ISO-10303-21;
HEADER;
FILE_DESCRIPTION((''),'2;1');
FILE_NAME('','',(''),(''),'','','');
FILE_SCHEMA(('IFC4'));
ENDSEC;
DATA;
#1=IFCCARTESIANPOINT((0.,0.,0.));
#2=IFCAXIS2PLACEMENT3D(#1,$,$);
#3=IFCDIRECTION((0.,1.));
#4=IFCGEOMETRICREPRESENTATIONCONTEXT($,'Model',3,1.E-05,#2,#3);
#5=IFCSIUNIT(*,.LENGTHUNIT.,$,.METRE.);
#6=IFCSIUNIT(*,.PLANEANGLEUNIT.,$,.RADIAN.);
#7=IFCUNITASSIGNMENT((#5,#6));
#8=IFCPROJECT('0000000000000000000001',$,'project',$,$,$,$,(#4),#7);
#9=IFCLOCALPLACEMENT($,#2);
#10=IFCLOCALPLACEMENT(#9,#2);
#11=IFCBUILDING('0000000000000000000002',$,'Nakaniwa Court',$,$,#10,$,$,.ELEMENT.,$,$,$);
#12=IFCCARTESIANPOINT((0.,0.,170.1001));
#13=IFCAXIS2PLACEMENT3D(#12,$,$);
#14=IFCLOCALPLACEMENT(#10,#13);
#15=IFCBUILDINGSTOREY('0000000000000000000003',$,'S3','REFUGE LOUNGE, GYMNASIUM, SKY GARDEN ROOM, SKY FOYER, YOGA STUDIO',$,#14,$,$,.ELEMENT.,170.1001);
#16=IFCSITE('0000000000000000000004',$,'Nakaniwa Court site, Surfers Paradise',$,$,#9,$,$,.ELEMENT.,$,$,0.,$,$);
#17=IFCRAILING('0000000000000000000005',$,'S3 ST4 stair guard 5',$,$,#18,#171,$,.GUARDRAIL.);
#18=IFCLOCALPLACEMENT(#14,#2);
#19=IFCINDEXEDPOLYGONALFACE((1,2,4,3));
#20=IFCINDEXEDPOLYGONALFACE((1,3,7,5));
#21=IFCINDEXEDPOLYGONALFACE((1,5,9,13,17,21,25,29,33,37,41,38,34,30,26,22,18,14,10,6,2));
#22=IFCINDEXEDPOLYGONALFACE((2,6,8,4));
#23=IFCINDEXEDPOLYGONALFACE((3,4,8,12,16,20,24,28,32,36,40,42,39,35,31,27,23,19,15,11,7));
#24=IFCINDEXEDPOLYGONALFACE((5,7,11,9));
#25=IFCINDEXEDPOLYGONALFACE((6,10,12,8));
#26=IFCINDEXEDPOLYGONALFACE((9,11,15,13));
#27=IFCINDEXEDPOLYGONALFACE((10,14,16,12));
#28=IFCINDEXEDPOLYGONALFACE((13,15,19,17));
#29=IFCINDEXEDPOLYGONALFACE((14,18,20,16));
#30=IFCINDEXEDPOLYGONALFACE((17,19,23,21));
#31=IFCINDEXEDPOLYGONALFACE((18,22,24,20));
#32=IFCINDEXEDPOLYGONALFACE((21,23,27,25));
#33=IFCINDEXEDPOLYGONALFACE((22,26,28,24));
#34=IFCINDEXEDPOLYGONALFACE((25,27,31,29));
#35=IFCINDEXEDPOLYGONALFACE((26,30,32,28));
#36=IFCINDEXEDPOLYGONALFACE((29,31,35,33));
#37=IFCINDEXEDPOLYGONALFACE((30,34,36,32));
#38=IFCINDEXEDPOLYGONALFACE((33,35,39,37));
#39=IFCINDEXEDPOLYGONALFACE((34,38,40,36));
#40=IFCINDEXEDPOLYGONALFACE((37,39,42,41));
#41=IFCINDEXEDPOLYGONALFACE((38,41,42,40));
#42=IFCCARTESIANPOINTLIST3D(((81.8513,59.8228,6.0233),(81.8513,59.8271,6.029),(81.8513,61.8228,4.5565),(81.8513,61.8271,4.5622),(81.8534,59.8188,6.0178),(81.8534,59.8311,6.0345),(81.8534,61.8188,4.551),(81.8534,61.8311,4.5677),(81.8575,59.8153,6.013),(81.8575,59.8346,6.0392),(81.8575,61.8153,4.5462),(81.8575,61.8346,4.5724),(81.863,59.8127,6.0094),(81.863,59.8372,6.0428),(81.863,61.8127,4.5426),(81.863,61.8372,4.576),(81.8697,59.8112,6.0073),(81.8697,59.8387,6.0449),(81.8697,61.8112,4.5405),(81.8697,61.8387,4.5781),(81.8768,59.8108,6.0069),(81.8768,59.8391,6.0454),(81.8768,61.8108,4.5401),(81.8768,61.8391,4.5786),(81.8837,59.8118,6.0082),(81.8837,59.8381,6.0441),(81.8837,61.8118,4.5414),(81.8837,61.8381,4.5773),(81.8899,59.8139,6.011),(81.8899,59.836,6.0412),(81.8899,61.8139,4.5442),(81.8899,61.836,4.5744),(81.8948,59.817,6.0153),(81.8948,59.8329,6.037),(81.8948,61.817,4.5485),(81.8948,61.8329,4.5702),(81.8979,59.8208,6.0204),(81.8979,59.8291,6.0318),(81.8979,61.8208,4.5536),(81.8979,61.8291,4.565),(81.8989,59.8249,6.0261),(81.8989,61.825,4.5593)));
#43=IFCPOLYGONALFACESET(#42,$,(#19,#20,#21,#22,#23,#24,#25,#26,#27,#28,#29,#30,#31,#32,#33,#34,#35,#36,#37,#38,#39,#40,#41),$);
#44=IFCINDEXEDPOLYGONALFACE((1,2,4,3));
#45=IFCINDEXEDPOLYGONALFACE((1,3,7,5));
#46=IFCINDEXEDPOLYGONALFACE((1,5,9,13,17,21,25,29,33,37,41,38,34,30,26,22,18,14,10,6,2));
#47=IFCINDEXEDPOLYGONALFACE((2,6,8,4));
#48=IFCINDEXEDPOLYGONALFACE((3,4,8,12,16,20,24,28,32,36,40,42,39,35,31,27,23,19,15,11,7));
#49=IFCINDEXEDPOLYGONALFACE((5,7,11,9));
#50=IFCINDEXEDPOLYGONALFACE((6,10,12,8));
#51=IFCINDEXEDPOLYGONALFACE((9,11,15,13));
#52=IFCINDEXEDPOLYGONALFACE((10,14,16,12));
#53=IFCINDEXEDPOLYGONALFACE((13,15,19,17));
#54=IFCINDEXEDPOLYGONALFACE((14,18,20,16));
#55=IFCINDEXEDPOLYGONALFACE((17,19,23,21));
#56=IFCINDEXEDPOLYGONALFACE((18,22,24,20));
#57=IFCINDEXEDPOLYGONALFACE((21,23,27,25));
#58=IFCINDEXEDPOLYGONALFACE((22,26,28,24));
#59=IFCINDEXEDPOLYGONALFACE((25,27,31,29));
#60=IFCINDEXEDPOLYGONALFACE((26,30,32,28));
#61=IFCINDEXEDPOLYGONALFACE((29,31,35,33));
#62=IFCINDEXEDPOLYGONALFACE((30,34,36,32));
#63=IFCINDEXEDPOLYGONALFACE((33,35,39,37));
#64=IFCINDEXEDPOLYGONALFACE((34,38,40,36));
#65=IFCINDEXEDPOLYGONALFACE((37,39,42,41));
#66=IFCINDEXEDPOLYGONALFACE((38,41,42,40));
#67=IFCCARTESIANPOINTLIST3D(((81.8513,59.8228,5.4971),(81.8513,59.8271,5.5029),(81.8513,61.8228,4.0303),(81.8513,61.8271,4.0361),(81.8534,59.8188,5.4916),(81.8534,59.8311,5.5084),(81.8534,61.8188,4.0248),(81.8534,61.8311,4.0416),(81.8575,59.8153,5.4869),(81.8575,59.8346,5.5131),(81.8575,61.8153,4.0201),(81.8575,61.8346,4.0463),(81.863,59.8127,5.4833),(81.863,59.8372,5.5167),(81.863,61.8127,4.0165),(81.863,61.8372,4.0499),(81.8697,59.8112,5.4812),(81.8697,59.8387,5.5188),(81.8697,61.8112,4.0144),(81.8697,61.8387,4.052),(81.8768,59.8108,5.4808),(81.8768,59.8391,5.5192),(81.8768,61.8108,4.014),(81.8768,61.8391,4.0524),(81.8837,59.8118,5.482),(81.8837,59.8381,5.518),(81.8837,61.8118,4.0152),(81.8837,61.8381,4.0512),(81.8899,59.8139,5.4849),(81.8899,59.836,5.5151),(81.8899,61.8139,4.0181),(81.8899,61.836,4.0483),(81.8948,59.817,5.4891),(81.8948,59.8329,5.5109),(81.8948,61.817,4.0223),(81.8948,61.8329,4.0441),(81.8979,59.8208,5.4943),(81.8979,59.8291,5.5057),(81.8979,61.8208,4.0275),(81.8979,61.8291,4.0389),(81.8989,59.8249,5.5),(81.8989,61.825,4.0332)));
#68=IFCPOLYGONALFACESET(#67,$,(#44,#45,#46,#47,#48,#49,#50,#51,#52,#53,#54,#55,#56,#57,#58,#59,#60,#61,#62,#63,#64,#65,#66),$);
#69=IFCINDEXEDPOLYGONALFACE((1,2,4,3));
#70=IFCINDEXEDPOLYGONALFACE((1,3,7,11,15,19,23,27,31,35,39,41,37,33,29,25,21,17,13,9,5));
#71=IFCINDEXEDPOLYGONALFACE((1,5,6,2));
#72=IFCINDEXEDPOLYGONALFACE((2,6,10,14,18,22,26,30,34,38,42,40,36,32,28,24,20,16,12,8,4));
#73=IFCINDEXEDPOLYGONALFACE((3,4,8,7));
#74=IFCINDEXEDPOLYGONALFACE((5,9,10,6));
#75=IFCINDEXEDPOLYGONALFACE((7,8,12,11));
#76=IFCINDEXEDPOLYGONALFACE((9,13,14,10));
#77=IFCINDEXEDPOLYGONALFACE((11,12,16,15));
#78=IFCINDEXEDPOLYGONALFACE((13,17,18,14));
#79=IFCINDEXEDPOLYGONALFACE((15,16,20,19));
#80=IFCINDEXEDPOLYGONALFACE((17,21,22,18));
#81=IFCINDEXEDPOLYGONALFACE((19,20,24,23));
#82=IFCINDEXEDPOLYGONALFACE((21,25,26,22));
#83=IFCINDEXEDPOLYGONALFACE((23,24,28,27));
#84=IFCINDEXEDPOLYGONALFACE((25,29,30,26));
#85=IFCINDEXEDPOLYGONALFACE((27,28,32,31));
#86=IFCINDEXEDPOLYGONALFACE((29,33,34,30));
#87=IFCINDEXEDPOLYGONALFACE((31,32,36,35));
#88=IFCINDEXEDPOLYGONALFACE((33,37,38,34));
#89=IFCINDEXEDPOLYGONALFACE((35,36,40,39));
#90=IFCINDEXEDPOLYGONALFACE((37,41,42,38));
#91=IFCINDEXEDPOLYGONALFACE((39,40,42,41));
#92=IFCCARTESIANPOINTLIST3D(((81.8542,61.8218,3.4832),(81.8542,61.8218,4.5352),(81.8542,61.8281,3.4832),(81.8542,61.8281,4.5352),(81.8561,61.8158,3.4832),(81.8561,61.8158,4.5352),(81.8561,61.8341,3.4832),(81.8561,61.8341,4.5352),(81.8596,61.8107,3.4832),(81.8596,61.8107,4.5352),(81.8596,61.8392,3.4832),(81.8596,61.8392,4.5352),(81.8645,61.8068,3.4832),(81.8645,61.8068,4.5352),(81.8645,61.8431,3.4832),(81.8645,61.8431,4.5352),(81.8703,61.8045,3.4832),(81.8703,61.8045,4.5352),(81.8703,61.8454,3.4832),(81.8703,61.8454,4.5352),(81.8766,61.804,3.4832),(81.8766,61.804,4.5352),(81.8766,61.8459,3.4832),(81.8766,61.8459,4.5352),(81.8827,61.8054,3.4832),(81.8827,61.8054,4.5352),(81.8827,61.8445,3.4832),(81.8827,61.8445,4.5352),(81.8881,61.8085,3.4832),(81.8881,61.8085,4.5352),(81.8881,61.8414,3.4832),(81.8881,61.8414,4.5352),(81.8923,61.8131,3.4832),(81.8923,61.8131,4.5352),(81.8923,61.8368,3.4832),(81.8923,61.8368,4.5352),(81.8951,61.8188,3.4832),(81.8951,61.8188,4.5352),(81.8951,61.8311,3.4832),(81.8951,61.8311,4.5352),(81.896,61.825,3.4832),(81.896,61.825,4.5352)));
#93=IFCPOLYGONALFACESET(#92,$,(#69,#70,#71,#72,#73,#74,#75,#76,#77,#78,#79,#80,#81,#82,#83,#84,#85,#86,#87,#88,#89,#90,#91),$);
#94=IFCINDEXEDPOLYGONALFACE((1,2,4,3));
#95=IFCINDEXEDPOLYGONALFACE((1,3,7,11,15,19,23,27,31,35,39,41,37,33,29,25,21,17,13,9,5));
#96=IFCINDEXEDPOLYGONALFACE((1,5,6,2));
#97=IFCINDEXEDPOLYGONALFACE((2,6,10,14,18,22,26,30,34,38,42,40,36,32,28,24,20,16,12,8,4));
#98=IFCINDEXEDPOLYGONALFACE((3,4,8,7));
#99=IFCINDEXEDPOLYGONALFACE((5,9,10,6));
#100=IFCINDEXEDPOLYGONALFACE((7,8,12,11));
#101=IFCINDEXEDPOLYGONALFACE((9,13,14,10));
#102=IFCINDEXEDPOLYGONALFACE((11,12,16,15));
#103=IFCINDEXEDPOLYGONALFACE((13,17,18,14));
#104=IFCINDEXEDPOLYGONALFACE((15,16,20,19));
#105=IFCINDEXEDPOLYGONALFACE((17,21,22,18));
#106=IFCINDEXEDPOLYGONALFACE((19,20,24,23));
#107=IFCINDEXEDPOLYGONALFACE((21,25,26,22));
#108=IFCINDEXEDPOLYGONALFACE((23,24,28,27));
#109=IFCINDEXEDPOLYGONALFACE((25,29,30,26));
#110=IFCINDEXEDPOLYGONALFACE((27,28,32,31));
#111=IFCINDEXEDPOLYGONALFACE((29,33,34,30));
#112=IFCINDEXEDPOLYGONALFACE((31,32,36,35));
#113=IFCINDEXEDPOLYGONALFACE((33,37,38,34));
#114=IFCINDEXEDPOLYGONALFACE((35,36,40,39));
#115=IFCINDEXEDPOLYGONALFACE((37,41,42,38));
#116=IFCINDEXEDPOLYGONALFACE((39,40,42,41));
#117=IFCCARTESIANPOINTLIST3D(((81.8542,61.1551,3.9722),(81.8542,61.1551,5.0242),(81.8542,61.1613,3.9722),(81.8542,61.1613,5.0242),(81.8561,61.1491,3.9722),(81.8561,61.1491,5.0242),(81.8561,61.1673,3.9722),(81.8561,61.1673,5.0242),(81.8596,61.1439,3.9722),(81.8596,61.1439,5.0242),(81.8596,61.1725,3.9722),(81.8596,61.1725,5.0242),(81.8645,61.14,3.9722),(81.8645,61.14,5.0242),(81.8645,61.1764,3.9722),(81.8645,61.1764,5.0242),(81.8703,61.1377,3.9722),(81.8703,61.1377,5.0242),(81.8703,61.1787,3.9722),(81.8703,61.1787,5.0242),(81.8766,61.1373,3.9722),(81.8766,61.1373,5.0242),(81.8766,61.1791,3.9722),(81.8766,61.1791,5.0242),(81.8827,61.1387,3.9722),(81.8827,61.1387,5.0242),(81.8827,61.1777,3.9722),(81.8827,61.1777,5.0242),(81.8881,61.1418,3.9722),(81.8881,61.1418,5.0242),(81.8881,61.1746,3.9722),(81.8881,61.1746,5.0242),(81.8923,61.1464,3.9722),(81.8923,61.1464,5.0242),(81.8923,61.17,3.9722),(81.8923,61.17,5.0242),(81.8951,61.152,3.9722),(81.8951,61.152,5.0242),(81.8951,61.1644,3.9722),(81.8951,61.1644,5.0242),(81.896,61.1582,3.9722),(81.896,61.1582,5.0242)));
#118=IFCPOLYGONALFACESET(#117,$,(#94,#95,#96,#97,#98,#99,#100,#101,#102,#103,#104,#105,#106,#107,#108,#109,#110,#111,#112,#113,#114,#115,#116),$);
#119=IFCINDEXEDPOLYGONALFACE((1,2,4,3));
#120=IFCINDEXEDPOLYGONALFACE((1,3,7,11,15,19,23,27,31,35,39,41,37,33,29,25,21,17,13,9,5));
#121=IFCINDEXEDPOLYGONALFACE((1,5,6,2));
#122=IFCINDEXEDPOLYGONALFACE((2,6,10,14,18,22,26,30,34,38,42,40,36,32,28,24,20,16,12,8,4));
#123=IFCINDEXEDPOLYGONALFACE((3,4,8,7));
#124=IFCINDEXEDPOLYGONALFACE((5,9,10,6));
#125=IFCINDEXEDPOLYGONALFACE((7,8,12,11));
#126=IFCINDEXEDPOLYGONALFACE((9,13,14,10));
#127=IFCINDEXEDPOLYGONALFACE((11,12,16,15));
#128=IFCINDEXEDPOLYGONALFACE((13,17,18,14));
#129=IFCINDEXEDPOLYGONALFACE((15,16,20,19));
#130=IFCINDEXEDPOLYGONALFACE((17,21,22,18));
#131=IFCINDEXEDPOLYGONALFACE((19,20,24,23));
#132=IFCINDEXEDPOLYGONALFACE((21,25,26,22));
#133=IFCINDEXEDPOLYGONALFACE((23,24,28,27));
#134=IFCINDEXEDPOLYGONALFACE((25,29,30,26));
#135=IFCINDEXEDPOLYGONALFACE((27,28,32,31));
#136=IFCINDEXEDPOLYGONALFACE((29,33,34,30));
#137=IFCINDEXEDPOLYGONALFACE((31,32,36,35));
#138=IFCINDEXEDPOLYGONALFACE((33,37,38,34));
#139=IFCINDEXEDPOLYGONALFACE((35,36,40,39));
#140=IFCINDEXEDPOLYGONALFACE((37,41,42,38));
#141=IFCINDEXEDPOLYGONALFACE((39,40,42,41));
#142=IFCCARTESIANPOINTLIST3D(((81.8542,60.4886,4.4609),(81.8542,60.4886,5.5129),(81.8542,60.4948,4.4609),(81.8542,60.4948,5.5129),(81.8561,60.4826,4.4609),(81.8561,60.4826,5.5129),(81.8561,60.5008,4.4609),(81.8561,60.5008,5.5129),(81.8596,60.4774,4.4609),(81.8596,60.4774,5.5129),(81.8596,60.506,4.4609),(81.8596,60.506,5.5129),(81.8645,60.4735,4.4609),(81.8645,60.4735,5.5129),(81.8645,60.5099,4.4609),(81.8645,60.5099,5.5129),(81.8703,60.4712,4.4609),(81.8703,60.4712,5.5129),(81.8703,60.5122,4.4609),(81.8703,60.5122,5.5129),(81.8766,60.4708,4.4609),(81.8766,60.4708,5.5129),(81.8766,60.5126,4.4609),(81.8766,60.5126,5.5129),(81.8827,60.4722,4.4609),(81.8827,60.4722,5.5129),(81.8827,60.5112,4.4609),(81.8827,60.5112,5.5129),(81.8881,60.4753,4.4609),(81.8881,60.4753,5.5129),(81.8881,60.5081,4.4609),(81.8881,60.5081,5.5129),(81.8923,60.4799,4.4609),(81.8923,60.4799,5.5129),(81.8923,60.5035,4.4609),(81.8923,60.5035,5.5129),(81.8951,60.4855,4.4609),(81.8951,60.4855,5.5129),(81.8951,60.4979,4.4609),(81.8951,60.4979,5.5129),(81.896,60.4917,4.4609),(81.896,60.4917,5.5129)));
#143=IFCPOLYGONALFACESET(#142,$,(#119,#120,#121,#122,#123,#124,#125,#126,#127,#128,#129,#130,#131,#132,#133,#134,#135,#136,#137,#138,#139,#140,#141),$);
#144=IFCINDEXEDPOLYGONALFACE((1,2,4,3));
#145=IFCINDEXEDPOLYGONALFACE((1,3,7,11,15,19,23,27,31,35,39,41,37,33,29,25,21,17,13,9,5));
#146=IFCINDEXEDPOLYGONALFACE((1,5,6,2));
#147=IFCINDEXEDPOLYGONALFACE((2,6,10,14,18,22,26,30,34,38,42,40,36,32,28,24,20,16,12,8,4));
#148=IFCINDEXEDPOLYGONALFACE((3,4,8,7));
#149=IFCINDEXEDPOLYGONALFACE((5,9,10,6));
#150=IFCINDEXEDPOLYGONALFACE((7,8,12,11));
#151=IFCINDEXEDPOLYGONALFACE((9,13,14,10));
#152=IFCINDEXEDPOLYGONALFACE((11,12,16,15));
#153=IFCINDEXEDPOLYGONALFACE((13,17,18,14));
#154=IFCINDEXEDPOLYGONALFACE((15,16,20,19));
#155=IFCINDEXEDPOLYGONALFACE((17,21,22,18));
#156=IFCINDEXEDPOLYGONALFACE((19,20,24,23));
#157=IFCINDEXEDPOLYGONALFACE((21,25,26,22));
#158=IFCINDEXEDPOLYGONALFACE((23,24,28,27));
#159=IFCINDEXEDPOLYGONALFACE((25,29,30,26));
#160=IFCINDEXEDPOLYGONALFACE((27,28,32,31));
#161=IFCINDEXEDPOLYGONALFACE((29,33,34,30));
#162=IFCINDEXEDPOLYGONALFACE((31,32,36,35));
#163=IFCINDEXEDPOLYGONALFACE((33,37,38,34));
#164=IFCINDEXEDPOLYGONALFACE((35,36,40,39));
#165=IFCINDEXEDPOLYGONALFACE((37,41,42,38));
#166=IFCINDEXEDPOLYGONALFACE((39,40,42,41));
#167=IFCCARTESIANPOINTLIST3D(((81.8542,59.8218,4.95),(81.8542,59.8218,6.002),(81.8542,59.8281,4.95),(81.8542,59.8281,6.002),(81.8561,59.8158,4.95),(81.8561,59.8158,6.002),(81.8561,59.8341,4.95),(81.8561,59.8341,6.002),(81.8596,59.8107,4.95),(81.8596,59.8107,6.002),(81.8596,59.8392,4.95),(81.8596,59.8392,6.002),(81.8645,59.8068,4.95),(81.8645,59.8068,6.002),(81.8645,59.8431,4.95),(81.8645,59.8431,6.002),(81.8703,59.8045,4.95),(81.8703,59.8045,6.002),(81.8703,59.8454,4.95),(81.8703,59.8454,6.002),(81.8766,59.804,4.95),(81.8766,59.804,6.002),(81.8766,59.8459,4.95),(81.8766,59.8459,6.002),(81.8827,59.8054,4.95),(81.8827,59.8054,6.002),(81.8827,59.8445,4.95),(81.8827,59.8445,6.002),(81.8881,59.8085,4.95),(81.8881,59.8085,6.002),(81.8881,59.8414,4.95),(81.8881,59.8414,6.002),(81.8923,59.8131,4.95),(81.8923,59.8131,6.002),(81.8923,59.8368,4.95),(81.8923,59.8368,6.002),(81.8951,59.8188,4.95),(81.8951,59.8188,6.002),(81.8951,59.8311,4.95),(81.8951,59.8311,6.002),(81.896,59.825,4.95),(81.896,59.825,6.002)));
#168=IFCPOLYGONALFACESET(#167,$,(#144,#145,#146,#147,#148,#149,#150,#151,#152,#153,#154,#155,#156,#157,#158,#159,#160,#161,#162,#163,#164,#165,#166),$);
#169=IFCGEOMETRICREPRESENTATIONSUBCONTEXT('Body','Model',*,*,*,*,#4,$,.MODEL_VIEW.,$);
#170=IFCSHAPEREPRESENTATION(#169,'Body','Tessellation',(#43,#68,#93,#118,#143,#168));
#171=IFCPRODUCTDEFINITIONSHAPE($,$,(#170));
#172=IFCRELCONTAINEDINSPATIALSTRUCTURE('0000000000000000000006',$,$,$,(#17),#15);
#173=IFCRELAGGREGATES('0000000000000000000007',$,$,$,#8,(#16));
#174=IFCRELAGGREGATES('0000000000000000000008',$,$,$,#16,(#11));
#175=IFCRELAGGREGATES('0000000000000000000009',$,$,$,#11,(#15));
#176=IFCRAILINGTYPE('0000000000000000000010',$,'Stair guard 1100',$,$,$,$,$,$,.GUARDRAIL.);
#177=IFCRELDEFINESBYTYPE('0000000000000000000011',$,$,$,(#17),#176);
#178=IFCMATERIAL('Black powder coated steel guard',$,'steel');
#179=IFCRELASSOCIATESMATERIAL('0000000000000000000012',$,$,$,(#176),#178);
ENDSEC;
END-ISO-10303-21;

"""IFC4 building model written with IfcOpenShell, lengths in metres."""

from ifc_helpers import new_model, si_unit, direction, frame, origin, origin_2d, place, context, subcontext, project, spatial, circle, extrude, material, type_object, element, save


model = new_model("IFC4")

# Units and contexts
model_context = context("Model", 3, precision=1e-05, world=origin(), true_north=direction((0.0, 1.0)))
body_context = subcontext(model_context, "Body", "Model", "MODEL_VIEW")
ifc_project = project(units=[si_unit("LENGTHUNIT", "METRE"), si_unit("PLANEANGLEUNIT", "RADIAN")], contexts=[model_context])

# Site, building, storey
site_placement = place(None, origin())
site = spatial("IfcSite", under=ifc_project, at=site_placement, Name="Nakaniwa Court site, Surfers Paradise", CompositionType="ELEMENT", RefElevation=0.0)
building_placement = place(site_placement, origin())
building = spatial("IfcBuilding", under=site, at=building_placement, Name="Nakaniwa Court", CompositionType="ELEMENT")
storey_placement = place(building_placement, frame((0.0, 0.0, 170.1001)))
storey = spatial("IfcBuildingStorey", under=building, at=storey_placement, Name="S3", Description="REFUGE LOUNGE, GYMNASIUM, SKY GARDEN ROOM, SKY FOYER, YOGA STUDIO", CompositionType="ELEMENT", Elevation=170.1001)

# Railing
ifc_material_1 = material(Name="Black powder coated steel guard", Category="steel")
railing_type_1 = type_object("IfcRailingType", Name="Stair guard 1100", PredefinedType="GUARDRAIL", material=ifc_material_1)
railing_1_placement = place(storey_placement, frame((81.875, 61.825, 3.4832)))
element("IfcRailing", 1, at=railing_1_placement, inside=storey, type_object=railing_type_1, Name="S3 ST4 stair guard 5", PredefinedType="GUARDRAIL", context=body_context, shape_type="SweptSolid", body=[
    extrude(circle(Radius=0.0239, at=origin_2d()), frame((0.0, 0.0, 1.0762), z_axis=(0.0, -0.80638, 0.591398), x_axis=(1.0, 0.0, 0.0)), (0.0, 0.0, 1.0), 2.4802),
    extrude(circle(Radius=0.0239, at=origin_2d()), frame((0.0, 0.0, 0.55), z_axis=(0.0, -0.80638, 0.591398), x_axis=(1.0, 0.0, 0.0)), (0.0, 0.0, 1.0), 2.4802),
    extrude(circle(Radius=0.021, at=origin_2d()), origin(), (0.0, 0.0, 1.0), 1.052),
    extrude(circle(Radius=0.021, at=origin_2d()), frame((0.0, -0.6667, 0.489)), (0.0, 0.0, 1.0), 1.052),
    extrude(circle(Radius=0.021, at=origin_2d()), frame((0.0, -1.3333, 0.9778)), (0.0, 0.0, 1.0), 1.052),
    extrude(circle(Radius=0.021, at=origin_2d()), frame((0.0, -2.0, 1.4668)), (0.0, 0.0, 1.0), 1.052),
])

save(model, "model.ifc")
